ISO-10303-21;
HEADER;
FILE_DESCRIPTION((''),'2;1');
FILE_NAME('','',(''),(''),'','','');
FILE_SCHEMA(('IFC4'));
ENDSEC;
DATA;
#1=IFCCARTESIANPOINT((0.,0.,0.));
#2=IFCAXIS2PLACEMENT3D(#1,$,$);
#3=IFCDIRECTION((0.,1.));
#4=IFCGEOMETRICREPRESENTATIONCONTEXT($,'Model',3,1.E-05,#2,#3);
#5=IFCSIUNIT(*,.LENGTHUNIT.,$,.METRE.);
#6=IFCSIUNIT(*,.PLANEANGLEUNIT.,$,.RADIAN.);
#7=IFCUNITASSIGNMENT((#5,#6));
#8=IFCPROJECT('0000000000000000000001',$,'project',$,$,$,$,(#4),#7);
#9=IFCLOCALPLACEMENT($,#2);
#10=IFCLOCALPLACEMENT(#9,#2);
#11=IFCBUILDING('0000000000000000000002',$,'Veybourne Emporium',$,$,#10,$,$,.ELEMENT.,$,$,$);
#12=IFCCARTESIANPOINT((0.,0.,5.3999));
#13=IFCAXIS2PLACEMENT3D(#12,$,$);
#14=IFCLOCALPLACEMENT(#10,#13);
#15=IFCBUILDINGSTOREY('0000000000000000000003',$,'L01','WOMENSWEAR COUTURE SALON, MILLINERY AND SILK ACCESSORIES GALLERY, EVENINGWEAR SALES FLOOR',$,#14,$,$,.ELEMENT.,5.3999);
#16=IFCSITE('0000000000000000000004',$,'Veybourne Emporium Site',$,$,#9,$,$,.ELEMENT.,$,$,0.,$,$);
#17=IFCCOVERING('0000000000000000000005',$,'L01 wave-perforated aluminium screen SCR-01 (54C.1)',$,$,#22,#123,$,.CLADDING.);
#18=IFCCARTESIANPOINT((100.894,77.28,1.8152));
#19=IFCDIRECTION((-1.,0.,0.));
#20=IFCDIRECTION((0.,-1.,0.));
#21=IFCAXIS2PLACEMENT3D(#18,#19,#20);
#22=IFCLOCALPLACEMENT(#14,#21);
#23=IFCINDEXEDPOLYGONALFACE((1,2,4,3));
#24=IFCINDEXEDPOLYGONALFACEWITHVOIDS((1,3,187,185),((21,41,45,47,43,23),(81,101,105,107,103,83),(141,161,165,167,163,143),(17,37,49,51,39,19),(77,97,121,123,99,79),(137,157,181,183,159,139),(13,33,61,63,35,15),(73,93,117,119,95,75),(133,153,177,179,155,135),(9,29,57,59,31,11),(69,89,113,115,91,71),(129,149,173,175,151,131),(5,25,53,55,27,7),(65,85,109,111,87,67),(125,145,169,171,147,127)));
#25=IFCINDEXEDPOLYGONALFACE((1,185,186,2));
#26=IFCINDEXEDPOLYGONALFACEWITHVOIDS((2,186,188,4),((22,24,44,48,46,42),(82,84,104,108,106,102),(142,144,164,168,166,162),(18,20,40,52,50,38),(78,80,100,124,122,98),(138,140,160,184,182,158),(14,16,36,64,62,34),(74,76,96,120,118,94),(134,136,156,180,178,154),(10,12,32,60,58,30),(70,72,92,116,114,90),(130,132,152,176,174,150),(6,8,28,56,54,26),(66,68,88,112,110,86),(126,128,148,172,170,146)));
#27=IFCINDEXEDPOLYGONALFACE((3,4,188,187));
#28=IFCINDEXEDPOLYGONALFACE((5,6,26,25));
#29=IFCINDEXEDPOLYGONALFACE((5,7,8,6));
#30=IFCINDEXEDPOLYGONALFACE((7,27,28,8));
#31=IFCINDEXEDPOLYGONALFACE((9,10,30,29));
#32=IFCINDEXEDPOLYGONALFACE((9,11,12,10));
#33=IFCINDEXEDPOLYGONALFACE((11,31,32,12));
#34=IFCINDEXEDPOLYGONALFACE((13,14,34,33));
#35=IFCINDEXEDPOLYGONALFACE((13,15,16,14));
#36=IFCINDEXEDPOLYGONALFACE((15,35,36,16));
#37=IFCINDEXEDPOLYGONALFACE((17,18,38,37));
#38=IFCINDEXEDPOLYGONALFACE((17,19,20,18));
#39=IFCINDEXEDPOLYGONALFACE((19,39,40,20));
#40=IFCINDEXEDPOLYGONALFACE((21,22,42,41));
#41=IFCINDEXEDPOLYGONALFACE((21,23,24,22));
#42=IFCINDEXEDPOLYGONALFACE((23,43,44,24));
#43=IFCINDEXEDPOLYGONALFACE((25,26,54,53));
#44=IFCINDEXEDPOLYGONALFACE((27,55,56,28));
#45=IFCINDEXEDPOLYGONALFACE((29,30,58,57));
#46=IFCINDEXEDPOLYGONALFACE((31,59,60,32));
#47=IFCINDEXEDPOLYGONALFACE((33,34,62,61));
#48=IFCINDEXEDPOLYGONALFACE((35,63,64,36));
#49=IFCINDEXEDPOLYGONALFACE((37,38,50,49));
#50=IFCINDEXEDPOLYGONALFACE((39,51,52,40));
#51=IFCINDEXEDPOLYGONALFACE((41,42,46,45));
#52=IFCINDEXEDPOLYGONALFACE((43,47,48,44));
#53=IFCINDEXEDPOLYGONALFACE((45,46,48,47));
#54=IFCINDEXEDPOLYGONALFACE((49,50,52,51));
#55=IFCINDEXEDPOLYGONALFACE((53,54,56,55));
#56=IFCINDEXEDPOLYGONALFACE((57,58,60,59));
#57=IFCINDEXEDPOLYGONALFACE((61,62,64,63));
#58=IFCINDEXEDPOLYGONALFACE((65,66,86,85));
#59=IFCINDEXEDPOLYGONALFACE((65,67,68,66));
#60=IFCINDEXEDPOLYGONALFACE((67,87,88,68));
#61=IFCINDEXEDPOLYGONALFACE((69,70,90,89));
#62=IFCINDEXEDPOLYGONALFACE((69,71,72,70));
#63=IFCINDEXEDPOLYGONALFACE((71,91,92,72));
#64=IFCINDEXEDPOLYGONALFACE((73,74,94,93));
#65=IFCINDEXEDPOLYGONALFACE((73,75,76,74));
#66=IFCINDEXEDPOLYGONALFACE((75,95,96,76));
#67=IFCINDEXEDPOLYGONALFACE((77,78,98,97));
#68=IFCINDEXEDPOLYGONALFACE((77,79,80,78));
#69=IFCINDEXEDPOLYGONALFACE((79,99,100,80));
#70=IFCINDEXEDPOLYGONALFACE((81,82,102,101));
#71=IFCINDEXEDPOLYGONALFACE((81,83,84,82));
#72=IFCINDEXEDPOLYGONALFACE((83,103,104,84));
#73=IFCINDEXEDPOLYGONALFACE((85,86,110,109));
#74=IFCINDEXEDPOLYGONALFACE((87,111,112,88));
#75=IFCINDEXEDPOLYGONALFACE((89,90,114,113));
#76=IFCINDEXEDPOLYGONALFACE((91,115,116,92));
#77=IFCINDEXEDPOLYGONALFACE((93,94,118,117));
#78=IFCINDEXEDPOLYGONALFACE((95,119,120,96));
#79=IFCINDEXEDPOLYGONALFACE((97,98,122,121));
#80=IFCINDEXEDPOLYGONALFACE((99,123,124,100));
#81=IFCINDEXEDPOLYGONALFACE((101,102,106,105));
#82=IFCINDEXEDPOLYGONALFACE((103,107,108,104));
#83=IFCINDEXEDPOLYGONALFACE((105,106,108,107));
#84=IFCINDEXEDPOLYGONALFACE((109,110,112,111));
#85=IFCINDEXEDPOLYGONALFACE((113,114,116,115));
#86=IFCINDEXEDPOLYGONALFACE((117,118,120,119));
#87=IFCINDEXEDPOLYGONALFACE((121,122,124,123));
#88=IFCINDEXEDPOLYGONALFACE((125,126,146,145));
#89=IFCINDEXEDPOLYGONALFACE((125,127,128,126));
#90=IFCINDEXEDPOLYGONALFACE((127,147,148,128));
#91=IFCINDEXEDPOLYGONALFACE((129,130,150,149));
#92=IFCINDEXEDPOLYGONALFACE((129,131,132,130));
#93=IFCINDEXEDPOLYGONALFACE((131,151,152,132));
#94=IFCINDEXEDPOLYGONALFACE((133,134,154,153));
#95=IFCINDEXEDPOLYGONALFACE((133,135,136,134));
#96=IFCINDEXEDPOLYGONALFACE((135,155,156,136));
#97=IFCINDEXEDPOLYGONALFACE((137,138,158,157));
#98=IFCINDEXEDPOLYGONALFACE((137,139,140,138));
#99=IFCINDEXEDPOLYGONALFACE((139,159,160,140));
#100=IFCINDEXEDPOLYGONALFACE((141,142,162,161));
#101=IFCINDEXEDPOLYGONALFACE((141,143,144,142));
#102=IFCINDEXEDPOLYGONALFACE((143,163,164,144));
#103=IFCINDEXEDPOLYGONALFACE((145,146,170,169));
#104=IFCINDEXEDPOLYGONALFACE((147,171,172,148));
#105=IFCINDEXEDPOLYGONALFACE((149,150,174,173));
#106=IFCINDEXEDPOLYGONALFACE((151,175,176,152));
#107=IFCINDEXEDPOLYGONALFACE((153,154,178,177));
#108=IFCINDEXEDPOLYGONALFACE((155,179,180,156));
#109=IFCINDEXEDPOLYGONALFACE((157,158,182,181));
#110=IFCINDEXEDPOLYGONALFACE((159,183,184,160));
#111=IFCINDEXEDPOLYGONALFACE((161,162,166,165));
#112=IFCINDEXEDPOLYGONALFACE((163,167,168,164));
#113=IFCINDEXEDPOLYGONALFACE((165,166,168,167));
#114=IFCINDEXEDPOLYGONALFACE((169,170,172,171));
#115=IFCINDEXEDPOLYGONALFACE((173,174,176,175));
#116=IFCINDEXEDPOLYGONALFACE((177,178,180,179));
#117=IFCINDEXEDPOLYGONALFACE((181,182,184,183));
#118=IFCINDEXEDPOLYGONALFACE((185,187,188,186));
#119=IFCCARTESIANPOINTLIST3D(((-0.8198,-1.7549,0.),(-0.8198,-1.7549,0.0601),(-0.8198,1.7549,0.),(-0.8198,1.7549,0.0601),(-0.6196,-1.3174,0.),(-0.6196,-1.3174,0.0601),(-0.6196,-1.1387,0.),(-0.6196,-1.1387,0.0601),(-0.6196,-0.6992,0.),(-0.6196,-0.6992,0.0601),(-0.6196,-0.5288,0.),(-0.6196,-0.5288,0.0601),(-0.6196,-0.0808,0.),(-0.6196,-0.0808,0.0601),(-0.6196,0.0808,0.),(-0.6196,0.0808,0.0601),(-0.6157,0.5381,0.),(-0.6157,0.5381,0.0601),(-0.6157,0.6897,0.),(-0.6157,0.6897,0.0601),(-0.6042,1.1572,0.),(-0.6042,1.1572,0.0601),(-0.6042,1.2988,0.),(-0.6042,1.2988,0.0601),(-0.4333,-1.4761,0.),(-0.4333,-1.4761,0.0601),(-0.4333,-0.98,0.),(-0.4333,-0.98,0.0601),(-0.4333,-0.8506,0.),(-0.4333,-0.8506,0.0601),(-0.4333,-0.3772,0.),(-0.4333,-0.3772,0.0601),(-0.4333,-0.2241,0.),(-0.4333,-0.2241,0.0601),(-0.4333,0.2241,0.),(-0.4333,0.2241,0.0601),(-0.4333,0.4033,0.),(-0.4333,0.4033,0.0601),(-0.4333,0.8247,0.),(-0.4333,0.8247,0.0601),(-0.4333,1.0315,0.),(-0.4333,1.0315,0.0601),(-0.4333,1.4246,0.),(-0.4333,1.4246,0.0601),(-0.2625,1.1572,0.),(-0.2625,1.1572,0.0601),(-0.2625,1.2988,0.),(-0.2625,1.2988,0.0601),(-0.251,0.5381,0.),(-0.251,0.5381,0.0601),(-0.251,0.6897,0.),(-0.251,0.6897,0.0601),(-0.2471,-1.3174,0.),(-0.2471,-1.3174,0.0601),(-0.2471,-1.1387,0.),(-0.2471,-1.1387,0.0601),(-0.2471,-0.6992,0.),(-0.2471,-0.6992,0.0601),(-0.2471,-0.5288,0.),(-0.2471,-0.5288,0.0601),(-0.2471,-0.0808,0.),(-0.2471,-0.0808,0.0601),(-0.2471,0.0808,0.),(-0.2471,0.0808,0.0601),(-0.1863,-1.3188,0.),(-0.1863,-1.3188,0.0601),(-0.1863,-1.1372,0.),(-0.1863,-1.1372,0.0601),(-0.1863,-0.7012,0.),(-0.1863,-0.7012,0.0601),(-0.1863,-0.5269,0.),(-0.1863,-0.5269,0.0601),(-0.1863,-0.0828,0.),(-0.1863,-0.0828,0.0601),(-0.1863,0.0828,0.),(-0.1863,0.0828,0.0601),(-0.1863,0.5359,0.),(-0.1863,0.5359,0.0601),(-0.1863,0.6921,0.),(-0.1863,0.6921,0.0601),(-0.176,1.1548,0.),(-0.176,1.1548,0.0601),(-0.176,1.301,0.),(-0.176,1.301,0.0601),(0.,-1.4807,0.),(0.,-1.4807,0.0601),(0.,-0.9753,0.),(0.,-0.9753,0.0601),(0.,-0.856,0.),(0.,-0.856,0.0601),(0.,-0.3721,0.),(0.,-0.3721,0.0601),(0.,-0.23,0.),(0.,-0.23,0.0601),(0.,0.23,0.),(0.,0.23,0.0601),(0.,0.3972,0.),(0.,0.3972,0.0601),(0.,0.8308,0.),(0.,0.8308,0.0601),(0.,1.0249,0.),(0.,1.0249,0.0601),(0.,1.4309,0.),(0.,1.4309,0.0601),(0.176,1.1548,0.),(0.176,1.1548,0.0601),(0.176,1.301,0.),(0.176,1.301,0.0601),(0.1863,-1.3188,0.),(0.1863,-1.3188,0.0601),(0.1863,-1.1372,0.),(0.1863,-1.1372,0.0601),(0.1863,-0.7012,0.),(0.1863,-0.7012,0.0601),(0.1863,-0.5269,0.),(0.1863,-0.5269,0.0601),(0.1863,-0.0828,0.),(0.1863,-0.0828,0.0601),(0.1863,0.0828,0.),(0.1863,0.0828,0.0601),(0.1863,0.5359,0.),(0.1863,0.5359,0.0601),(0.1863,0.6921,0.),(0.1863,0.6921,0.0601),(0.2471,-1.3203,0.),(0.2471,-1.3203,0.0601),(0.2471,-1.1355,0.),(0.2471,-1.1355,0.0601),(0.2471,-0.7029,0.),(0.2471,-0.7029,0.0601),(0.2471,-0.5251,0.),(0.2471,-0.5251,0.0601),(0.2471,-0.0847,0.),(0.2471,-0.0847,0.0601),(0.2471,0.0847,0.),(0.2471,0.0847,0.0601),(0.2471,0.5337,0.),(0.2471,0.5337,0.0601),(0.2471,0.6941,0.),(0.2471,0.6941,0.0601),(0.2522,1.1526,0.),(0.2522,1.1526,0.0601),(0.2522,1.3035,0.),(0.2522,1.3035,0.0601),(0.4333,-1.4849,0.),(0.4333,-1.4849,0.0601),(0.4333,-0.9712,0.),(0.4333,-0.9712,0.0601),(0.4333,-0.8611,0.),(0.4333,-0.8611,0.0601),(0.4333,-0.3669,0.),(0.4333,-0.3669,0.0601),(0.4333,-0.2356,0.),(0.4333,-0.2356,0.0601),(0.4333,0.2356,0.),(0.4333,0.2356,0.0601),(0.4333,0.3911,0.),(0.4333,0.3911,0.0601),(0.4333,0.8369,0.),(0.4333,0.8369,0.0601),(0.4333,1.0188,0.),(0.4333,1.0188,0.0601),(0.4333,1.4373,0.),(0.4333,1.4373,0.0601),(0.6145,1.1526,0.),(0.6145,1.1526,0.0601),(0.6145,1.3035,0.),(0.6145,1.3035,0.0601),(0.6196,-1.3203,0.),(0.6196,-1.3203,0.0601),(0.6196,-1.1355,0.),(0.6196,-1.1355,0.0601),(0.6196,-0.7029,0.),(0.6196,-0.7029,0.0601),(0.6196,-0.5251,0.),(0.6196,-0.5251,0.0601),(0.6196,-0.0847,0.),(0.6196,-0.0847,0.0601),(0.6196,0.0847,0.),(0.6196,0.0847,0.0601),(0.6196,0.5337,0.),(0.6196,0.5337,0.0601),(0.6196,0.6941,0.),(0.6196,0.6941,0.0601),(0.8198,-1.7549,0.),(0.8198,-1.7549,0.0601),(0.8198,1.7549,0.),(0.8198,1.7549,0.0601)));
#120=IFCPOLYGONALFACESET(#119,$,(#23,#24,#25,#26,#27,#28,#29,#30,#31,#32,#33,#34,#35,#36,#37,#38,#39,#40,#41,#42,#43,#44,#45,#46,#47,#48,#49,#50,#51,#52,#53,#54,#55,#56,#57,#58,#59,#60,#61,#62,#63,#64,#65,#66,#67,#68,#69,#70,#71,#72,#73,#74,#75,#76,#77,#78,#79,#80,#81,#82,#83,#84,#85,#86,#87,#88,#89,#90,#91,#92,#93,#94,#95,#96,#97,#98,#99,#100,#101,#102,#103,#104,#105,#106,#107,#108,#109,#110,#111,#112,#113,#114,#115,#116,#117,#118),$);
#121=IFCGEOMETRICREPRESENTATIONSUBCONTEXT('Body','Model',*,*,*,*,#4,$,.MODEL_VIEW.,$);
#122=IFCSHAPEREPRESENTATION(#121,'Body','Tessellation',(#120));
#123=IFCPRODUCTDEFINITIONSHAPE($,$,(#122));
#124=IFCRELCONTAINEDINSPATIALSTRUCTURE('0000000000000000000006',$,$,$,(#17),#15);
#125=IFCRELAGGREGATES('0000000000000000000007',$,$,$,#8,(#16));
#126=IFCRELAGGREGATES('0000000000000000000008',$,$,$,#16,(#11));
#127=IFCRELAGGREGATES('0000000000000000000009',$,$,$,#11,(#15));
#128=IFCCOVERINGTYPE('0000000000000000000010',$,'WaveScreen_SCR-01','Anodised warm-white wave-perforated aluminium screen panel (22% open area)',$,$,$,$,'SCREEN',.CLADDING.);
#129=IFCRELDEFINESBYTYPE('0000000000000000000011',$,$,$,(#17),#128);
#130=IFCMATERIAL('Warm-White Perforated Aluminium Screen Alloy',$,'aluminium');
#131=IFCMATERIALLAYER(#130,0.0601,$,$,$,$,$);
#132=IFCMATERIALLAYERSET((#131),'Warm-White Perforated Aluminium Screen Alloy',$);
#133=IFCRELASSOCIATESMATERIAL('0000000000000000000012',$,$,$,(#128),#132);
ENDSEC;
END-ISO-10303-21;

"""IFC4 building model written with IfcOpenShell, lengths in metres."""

from ifc_helpers import new_model, si_unit, direction, frame, origin, place, context, subcontext, project, spatial, polyline, outline, extrude, material, layer, layer_set, type_object, element, save


model = new_model("IFC4")

# Units and contexts
model_context = context("Model", 3, precision=1e-05, world=origin(), true_north=direction((0.0, 1.0)))
body_context = subcontext(model_context, "Body", "Model", "MODEL_VIEW")
ifc_project = project(units=[si_unit("LENGTHUNIT", "METRE"), si_unit("PLANEANGLEUNIT", "RADIAN")], contexts=[model_context])

# Site, building, storey
site_placement = place(None, origin())
site = spatial("IfcSite", under=ifc_project, at=site_placement, Name="Veybourne Emporium Site", CompositionType="ELEMENT", RefElevation=0.0)
building_placement = place(site_placement, origin())
building = spatial("IfcBuilding", under=site, at=building_placement, Name="Veybourne Emporium", CompositionType="ELEMENT")
storey_placement = place(building_placement, frame((0.0, 0.0, 5.3999)))
storey = spatial("IfcBuildingStorey", under=building, at=storey_placement, Name="L01", Description="WOMENSWEAR COUTURE SALON, MILLINERY AND SILK ACCESSORIES GALLERY, EVENINGWEAR SALES FLOOR", CompositionType="ELEMENT", Elevation=5.3999)

# Covering
ifc_material_1 = material(Name="Warm-White Perforated Aluminium Screen Alloy", Category="aluminium")
ifc_layer_1 = layer(ifc_material_1, 0.0601)
ifc_layer_set_1 = layer_set([ifc_layer_1], Name="Warm-White Perforated Aluminium Screen Alloy")
covering_type_1 = type_object("IfcCoveringType", Name="WaveScreen_SCR-01", Description="Anodised warm-white wave-perforated aluminium screen panel (22% open area)", ElementType="SCREEN", PredefinedType="CLADDING", material=ifc_layer_set_1)
covering_1_placement = place(storey_placement, frame((100.894, 77.28, 1.8152), z_axis=(-1.0, 0.0, 0.0), x_axis=(0.0, -1.0, 0.0)))
element("IfcCovering", 1, at=covering_1_placement, inside=storey, type_object=covering_type_1, Name="L01 wave-perforated aluminium screen SCR-01 (54C.1)", PredefinedType="CLADDING", context=body_context, shape_type="SweptSolid", body=[
    extrude(outline(polyline([(-0.8198, -1.7549), (0.8198, -1.7549), (0.8198, 1.7549), (-0.8198, 1.7549), (-0.8198, -1.7549)]), holes=[polyline([(-0.4333, -0.98), (-0.2471, -1.1387), (-0.2471, -1.3174), (-0.4333, -1.4761), (-0.6196, -1.3174), (-0.6196, -1.1387), (-0.4333, -0.98)]), polyline([(-0.4333, -0.3772), (-0.2471, -0.5288), (-0.2471, -0.6992), (-0.4333, -0.8506), (-0.6196, -0.6992), (-0.6196, -0.5288), (-0.4333, -0.3772)]), polyline([(-0.4333, 0.2241), (-0.2471, 0.0808), (-0.2471, -0.0808), (-0.4333, -0.2241), (-0.6196, -0.0808), (-0.6196, 0.0808), (-0.4333, 0.2241)]), polyline([(-0.4333, 0.8247), (-0.251, 0.6897), (-0.251, 0.5381), (-0.4333, 0.4033), (-0.6157, 0.5381), (-0.6157, 0.6897), (-0.4333, 0.8247)]), polyline([(-0.4333, 1.4246), (-0.2625, 1.2988), (-0.2625, 1.1572), (-0.4333, 1.0315), (-0.6042, 1.1572), (-0.6042, 1.2988), (-0.4333, 1.4246)]), polyline([(0.0, -0.9753), (0.1863, -1.1372), (0.1863, -1.3188), (0.0, -1.4807), (-0.1863, -1.3188), (-0.1863, -1.1372), (0.0, -0.9753)]), polyline([(0.0, -0.3721), (0.1863, -0.5269), (0.1863, -0.7012), (0.0, -0.856), (-0.1863, -0.7012), (-0.1863, -0.5269), (0.0, -0.3721)]), polyline([(0.0, 0.23), (0.1863, 0.0828), (0.1863, -0.0828), (0.0, -0.23), (-0.1863, -0.0828), (-0.1863, 0.0828), (0.0, 0.23)]), polyline([(0.0, 0.8308), (0.1863, 0.6921), (0.1863, 0.5359), (0.0, 0.3972), (-0.1863, 0.5359), (-0.1863, 0.6921), (0.0, 0.8308)]), polyline([(0.0, 1.4309), (0.176, 1.301), (0.176, 1.1548), (0.0, 1.0249), (-0.176, 1.1548), (-0.176, 1.301), (0.0, 1.4309)]), polyline([(0.4333, -0.9712), (0.6196, -1.1355), (0.6196, -1.3203), (0.4333, -1.4849), (0.2471, -1.3203), (0.2471, -1.1355), (0.4333, -0.9712)]), polyline([(0.4333, -0.3669), (0.6196, -0.5251), (0.6196, -0.7029), (0.4333, -0.8611), (0.2471, -0.7029), (0.2471, -0.5251), (0.4333, -0.3669)]), polyline([(0.4333, 0.2356), (0.6196, 0.0847), (0.6196, -0.0847), (0.4333, -0.2356), (0.2471, -0.0847), (0.2471, 0.0847), (0.4333, 0.2356)]), polyline([(0.4333, 0.8369), (0.6196, 0.6941), (0.6196, 0.5337), (0.4333, 0.3911), (0.2471, 0.5337), (0.2471, 0.6941), (0.4333, 0.8369)]), polyline([(0.4333, 1.4373), (0.6145, 1.3035), (0.6145, 1.1526), (0.4333, 1.0188), (0.2522, 1.1526), (0.2522, 1.3035), (0.4333, 1.4373)])]), origin(), (0.0, 0.0, 1.0), 0.0601),
])

save(model, "model.ifc")
